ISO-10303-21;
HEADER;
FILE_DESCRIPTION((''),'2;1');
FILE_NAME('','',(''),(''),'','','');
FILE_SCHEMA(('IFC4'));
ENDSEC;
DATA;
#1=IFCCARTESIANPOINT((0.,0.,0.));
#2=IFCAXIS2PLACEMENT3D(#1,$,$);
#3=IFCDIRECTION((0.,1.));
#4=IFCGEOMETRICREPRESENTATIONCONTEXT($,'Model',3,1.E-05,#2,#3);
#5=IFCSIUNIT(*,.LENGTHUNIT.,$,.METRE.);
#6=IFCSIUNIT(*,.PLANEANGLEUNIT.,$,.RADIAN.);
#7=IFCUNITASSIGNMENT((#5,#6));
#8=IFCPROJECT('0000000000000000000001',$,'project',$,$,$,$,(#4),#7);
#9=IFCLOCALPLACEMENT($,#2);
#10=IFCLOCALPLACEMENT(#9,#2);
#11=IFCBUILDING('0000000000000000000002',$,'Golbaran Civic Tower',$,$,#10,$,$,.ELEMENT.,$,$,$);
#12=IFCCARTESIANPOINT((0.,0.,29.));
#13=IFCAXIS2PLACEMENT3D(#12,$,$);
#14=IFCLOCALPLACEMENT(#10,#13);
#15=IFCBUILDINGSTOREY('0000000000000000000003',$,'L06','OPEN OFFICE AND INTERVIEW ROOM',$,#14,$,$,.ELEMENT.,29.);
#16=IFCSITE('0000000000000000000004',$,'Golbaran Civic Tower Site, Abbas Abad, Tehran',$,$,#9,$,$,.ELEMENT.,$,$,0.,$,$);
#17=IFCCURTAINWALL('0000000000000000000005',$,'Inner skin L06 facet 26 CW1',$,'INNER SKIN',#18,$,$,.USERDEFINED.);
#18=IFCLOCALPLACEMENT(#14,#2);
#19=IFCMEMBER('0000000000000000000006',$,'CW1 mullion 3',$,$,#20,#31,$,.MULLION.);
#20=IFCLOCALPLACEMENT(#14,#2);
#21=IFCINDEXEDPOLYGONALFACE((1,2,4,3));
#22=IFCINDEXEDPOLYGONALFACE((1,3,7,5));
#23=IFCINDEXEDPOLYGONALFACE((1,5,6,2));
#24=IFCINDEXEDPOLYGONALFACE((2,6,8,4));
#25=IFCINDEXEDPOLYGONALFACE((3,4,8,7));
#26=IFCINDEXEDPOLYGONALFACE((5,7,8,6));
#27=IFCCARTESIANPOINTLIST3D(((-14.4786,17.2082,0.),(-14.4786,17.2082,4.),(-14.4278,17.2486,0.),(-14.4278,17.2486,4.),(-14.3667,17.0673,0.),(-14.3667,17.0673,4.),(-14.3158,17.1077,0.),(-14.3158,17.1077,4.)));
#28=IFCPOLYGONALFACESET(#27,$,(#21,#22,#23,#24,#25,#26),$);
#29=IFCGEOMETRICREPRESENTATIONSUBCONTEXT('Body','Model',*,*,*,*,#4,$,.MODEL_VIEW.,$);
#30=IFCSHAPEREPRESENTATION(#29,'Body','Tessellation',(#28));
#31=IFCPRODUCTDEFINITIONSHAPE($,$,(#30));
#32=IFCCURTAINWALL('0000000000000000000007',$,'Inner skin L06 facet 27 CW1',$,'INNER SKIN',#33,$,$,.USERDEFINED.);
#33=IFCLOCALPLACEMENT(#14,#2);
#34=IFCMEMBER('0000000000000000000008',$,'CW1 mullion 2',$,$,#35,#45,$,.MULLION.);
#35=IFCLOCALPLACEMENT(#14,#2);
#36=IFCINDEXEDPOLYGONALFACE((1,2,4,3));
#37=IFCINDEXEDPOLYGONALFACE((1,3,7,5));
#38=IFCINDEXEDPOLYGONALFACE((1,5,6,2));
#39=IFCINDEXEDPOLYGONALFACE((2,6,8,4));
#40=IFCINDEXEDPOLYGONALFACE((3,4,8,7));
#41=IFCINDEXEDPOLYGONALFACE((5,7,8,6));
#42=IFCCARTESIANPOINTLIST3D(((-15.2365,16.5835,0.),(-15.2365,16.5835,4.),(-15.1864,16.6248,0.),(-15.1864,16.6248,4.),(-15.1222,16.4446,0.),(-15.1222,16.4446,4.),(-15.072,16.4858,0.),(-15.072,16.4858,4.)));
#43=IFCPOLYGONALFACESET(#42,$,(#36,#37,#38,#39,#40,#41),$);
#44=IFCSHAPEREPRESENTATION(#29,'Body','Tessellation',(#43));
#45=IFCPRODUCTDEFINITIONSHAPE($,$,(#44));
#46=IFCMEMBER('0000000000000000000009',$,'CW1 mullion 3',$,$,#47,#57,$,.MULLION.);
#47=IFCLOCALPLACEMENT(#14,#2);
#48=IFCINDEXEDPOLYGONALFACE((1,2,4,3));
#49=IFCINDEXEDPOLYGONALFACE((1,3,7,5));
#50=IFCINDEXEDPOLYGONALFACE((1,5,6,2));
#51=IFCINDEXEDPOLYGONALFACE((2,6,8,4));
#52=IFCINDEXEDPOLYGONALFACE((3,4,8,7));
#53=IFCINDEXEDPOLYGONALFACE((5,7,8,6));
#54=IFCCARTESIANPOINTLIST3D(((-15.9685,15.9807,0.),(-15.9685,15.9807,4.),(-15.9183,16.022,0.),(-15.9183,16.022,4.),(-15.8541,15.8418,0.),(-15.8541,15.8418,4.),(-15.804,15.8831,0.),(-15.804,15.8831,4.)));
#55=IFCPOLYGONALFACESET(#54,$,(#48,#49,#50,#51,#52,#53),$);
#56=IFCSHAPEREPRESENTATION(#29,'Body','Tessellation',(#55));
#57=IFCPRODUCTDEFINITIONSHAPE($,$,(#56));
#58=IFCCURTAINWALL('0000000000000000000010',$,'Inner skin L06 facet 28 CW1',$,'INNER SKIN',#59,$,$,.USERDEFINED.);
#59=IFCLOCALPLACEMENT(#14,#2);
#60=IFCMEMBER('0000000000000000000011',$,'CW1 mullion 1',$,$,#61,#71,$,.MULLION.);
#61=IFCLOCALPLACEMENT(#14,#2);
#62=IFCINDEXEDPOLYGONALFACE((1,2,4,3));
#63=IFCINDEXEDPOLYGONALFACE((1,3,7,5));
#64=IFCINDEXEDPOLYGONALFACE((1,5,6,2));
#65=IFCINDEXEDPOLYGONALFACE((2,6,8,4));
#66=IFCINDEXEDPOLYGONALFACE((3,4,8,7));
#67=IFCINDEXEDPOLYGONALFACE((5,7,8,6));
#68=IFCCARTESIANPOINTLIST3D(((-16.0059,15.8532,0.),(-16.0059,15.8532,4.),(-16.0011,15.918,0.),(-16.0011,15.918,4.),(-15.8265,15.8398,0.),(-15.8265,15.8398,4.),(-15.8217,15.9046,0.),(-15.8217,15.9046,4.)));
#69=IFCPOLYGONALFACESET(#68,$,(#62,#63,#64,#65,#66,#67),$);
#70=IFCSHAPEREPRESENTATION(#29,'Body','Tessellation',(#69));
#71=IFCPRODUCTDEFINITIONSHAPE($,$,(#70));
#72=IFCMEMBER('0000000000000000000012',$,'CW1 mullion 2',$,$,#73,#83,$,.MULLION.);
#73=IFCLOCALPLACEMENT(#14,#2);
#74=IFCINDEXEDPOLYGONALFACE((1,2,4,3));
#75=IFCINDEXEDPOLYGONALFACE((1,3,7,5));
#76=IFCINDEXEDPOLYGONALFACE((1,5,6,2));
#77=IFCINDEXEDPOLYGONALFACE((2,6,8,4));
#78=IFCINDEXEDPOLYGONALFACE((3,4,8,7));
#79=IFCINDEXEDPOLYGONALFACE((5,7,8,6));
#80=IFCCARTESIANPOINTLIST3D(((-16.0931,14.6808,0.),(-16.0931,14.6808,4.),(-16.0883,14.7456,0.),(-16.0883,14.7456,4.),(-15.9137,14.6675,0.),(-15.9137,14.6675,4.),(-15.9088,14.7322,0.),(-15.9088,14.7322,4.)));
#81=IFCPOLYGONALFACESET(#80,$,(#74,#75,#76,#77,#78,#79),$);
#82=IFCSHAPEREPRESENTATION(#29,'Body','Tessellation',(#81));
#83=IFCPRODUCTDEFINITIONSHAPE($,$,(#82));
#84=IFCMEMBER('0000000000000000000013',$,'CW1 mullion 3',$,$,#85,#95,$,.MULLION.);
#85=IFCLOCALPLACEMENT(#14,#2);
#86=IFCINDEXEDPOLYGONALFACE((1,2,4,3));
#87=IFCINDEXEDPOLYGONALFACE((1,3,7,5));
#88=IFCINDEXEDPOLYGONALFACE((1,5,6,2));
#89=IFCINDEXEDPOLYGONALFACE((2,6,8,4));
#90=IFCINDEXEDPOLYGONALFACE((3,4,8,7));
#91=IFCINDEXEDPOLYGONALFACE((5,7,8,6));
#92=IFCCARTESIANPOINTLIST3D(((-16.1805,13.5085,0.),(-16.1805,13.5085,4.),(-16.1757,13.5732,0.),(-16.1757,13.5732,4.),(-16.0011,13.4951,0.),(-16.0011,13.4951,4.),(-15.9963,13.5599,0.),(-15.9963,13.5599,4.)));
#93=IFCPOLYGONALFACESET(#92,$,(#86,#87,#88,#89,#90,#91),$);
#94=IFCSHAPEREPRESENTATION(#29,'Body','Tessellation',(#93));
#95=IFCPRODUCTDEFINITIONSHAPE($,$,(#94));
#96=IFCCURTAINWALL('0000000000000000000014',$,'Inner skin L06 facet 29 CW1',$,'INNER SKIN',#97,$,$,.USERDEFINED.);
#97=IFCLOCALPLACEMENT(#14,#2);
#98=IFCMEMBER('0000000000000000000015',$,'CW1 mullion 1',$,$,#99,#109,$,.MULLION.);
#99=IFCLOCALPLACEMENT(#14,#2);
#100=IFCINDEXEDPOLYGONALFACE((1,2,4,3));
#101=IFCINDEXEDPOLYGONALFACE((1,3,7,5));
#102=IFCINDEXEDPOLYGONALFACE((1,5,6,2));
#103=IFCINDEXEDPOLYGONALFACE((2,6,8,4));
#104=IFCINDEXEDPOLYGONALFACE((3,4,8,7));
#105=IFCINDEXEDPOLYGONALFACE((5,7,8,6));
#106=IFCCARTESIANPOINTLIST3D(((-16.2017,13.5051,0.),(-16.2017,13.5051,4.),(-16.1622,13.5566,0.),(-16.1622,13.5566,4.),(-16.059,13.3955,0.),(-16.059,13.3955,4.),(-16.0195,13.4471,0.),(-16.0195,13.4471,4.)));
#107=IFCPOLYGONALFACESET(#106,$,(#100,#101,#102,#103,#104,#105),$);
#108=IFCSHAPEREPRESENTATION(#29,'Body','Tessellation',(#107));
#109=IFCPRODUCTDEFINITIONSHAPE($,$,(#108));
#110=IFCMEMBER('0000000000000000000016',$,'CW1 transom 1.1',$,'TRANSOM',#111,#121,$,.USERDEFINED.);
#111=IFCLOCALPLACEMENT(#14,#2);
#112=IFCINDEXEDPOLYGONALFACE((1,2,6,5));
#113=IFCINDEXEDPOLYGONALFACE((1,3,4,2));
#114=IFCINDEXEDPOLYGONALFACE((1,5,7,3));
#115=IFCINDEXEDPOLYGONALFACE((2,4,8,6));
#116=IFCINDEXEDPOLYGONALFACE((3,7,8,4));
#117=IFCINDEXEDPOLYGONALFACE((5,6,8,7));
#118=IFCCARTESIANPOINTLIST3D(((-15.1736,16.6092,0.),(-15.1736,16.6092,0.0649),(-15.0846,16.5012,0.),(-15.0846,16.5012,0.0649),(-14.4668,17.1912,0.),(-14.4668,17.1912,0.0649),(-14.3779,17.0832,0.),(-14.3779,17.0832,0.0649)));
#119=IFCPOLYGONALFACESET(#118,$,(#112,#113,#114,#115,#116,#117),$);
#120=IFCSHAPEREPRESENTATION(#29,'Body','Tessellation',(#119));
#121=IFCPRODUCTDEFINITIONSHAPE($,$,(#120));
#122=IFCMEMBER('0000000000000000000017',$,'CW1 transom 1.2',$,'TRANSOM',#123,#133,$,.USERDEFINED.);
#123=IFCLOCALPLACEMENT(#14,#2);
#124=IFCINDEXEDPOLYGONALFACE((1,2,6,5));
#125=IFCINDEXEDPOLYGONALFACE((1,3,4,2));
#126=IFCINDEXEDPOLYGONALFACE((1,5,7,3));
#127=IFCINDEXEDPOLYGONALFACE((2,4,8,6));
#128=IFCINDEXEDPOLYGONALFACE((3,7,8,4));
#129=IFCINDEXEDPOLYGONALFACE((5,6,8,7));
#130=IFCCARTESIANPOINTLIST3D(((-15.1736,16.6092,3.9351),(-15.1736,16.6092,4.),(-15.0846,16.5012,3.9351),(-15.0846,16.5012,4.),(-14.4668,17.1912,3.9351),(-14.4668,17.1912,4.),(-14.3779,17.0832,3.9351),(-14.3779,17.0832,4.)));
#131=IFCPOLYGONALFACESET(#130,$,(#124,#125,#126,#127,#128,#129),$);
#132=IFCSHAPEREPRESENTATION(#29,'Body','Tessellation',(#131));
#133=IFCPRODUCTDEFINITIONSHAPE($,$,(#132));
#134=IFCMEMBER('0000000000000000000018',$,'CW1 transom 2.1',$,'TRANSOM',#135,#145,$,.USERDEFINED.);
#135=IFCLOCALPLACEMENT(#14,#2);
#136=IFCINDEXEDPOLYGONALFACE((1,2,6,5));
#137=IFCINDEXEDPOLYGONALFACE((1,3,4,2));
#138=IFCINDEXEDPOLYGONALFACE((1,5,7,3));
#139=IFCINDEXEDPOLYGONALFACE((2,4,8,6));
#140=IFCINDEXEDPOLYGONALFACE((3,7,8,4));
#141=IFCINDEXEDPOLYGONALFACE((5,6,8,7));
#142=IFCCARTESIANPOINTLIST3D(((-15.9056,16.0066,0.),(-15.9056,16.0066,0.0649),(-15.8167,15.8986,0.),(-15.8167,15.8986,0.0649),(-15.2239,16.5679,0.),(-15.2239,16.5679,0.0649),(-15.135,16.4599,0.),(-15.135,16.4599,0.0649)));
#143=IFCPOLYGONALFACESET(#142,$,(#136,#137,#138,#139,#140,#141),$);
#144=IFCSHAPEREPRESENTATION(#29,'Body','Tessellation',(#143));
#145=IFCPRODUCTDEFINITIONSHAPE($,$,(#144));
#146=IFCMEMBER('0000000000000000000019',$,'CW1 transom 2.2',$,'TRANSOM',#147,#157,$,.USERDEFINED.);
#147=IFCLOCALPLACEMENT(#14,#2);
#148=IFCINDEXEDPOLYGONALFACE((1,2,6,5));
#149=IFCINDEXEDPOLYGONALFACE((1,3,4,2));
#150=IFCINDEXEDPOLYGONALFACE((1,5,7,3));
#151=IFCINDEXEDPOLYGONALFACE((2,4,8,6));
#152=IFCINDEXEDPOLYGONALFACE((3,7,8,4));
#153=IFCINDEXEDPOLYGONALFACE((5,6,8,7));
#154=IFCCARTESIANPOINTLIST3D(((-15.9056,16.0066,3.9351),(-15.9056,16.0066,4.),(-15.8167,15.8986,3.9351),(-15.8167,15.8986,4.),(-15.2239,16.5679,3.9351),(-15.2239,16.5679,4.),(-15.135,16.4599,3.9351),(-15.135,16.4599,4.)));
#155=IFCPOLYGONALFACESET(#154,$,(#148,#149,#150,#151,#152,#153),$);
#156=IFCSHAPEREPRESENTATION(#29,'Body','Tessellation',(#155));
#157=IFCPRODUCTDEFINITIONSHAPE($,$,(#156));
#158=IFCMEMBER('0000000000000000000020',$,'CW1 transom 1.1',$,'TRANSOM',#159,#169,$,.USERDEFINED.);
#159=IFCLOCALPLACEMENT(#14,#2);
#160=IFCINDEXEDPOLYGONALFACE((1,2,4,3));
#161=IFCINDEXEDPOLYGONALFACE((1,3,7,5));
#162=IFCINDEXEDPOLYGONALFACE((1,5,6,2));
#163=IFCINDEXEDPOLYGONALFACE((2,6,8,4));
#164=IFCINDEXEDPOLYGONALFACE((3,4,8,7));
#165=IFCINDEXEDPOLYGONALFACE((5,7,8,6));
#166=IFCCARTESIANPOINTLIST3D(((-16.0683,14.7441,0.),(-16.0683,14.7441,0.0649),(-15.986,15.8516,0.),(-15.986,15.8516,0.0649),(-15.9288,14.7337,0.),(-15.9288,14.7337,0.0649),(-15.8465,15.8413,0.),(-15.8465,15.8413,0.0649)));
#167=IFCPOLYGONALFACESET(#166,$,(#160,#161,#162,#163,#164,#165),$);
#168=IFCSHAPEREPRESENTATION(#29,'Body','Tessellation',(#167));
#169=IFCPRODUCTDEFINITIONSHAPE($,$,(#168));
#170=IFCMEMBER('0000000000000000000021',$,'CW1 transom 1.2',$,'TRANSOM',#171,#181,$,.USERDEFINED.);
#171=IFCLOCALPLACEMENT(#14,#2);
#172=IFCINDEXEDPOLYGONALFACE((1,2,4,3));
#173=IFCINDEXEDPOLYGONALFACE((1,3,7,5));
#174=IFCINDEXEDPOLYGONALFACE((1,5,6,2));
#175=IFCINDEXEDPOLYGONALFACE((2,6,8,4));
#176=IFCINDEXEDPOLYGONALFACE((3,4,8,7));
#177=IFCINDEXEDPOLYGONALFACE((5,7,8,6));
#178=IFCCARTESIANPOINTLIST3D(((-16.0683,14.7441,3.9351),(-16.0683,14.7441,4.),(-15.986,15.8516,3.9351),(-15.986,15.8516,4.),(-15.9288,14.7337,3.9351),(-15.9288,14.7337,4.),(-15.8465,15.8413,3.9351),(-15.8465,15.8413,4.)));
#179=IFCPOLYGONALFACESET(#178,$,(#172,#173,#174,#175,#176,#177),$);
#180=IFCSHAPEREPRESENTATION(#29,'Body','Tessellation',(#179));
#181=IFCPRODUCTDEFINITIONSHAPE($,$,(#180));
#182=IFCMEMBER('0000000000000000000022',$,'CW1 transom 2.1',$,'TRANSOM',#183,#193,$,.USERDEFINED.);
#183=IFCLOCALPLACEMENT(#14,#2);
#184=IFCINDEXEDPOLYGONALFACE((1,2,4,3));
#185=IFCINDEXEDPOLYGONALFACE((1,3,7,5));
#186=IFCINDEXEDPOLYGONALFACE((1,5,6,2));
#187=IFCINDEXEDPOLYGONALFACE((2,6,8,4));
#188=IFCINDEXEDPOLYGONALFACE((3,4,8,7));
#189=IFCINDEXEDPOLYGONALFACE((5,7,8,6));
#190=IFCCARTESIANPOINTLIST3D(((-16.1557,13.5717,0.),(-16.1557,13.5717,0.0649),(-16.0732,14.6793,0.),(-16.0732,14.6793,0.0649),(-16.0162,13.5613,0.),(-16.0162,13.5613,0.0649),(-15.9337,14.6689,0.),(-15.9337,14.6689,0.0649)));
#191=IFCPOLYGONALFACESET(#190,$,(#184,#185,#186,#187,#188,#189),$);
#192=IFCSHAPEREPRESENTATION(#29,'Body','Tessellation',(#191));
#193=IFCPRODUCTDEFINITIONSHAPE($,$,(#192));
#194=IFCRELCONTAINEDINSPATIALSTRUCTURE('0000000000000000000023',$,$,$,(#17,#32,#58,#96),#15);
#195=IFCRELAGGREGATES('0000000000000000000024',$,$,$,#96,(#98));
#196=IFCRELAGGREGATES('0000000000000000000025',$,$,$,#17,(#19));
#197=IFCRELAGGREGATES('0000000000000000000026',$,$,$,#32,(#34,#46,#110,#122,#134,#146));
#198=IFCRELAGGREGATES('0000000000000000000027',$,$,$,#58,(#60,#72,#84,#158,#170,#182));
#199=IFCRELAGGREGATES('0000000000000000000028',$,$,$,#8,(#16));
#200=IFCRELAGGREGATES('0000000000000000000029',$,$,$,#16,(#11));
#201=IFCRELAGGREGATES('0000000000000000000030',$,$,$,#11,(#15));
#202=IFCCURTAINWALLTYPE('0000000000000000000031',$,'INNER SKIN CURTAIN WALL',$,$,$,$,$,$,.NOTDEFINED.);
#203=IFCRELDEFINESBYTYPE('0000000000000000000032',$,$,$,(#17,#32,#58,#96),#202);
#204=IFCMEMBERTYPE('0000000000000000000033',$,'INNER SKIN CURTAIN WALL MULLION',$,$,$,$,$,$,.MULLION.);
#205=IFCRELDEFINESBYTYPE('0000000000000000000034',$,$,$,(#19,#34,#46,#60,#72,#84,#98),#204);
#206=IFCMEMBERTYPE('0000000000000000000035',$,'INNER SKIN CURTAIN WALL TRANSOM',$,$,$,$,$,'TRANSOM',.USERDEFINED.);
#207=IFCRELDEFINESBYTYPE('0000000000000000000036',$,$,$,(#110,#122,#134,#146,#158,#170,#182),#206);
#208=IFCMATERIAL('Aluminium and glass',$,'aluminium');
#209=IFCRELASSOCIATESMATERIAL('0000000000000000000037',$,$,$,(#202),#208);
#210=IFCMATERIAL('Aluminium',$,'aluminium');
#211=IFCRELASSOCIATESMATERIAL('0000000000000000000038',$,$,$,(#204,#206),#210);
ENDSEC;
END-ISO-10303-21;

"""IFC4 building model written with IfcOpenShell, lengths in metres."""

from ifc_helpers import new_model, si_unit, direction, frame, origin, origin_2d, place, context, subcontext, project, spatial, rectangle, extrude, material, material_profile, profile_set, type_object, element, aggregate, save


model = new_model("IFC4")

# Units and contexts
model_context = context("Model", 3, precision=1e-05, world=origin(), true_north=direction((0.0, 1.0)))
body_context = subcontext(model_context, "Body", "Model", "MODEL_VIEW")
ifc_project = project(units=[si_unit("LENGTHUNIT", "METRE"), si_unit("PLANEANGLEUNIT", "RADIAN")], contexts=[model_context])

# Site, building, storey
site_placement = place(None, origin())
site = spatial("IfcSite", under=ifc_project, at=site_placement, Name="Golbaran Civic Tower Site, Abbas Abad, Tehran", CompositionType="ELEMENT", RefElevation=0.0)
building_placement = place(site_placement, origin())
building = spatial("IfcBuilding", under=site, at=building_placement, Name="Golbaran Civic Tower", CompositionType="ELEMENT")
storey_placement = place(building_placement, frame((0.0, 0.0, 29.0)))
storey = spatial("IfcBuildingStorey", under=building, at=storey_placement, Name="L06", Description="OPEN OFFICE AND INTERVIEW ROOM", CompositionType="ELEMENT", Elevation=29.0)

# Curtain wall, member
ifc_material_1 = material(Name="Aluminium and glass", Category="aluminium")
curtain_wall_type = type_object("IfcCurtainWallType", Name="INNER SKIN CURTAIN WALL", PredefinedType="NOTDEFINED", material=ifc_material_1)
curtain_wall_1_placement = place(storey_placement, origin())
curtain_wall_1 = element("IfcCurtainWall", 1, at=curtain_wall_1_placement, inside=storey, type_object=curtain_wall_type, Name="Inner skin L06 facet 26 CW1", ObjectType="INNER SKIN", PredefinedType="USERDEFINED")
ifc_material_2 = material(Name="Aluminium", Category="aluminium")
ifc_material_profile_1 = material_profile(ifc_material_2, rectangle(XDim=0.1799, YDim=0.0649, at=origin_2d()), Name="INNER SKIN CURTAIN WALL MULLION")
ifc_profile_set_1 = profile_set([ifc_material_profile_1], Name="Aluminium")
member_type_1 = type_object("IfcMemberType", Name="INNER SKIN CURTAIN WALL MULLION", PredefinedType="MULLION", material=ifc_profile_set_1)
member_1_placement = place(storey_placement, frame((-14.3972, 17.158, 0.0), z_axis=(0.0, 0.0, 1.0), x_axis=(0.622264, -0.782808, 0.0)))
member_1 = element("IfcMember", 2, at=member_1_placement, type_object=member_type_1, Name="CW1 mullion 3", PredefinedType="MULLION", context=body_context, shape_type="SweptSolid", body=[
    extrude(rectangle(XDim=0.1799, YDim=0.0649, at=origin_2d()), origin(), (0.0, 0.0, 1.0), 4.0),
])

# Curtain walls, members
curtain_wall_2_placement = place(storey_placement, origin())
curtain_wall_2 = element("IfcCurtainWall", 3, at=curtain_wall_2_placement, inside=storey, type_object=curtain_wall_type, Name="Inner skin L06 facet 27 CW1", ObjectType="INNER SKIN", PredefinedType="USERDEFINED")
member_2_placement = place(storey_placement, frame((-15.1543, 16.5347, 0.0), z_axis=(0.0, 0.0, 1.0), x_axis=(0.635583, -0.772032, 0.0)))
member_2 = element("IfcMember", 4, at=member_2_placement, type_object=member_type_1, Name="CW1 mullion 2", PredefinedType="MULLION", context=body_context, shape_type="SweptSolid", body=[
    extrude(rectangle(XDim=0.1799, YDim=0.0649, at=origin_2d()), origin(), (0.0, 0.0, 1.0), 4.0),
])
member_3_placement = place(storey_placement, frame((-15.8862, 15.9319, 0.0), z_axis=(0.0, 0.0, 1.0), x_axis=(0.635583, -0.772032, 0.0)))
member_3 = element("IfcMember", 5, at=member_3_placement, type_object=member_type_1, Name="CW1 mullion 3", PredefinedType="MULLION", context=body_context, shape_type="SweptSolid", body=[
    extrude(rectangle(XDim=0.1799, YDim=0.0649, at=origin_2d()), origin(), (0.0, 0.0, 1.0), 4.0),
])
curtain_wall_3_placement = place(storey_placement, origin())
curtain_wall_3 = element("IfcCurtainWall", 6, at=curtain_wall_3_placement, inside=storey, type_object=curtain_wall_type, Name="Inner skin L06 facet 28 CW1", ObjectType="INNER SKIN", PredefinedType="USERDEFINED")
member_4_placement = place(storey_placement, frame((-15.9138, 15.8789, 0.0), z_axis=(0.0, 0.0, 1.0), x_axis=(0.997238, -0.074267, 0.0)))
member_4 = element("IfcMember", 7, at=member_4_placement, type_object=member_type_1, Name="CW1 mullion 1", PredefinedType="MULLION", context=body_context, shape_type="SweptSolid", body=[
    extrude(rectangle(XDim=0.1799, YDim=0.0649, at=origin_2d()), origin(), (0.0, 0.0, 1.0), 4.0),
])
member_5_placement = place(storey_placement, frame((-16.001, 14.7065, 0.0), z_axis=(0.0, 0.0, 1.0), x_axis=(0.997238, -0.074267, 0.0)))
member_5 = element("IfcMember", 8, at=member_5_placement, type_object=member_type_1, Name="CW1 mullion 2", PredefinedType="MULLION", context=body_context, shape_type="SweptSolid", body=[
    extrude(rectangle(XDim=0.1799, YDim=0.0649, at=origin_2d()), origin(), (0.0, 0.0, 1.0), 4.0),
])
member_6_placement = place(storey_placement, frame((-16.0884, 13.5342, 0.0), z_axis=(0.0, 0.0, 1.0), x_axis=(0.997238, -0.074267, 0.0)))
member_6 = element("IfcMember", 9, at=member_6_placement, type_object=member_type_1, Name="CW1 mullion 3", PredefinedType="MULLION", context=body_context, shape_type="SweptSolid", body=[
    extrude(rectangle(XDim=0.1799, YDim=0.0649, at=origin_2d()), origin(), (0.0, 0.0, 1.0), 4.0),
])

# Curtain wall, member
curtain_wall_4_placement = place(storey_placement, origin())
curtain_wall_4 = element("IfcCurtainWall", 10, at=curtain_wall_4_placement, inside=storey, type_object=curtain_wall_type, Name="Inner skin L06 facet 29 CW1", ObjectType="INNER SKIN", PredefinedType="USERDEFINED")
member_7_placement = place(storey_placement, frame((-16.1106, 13.4761, 0.0), z_axis=(0.0, 0.0, 1.0), x_axis=(0.793353, -0.608761, 0.0)))
member_7 = element("IfcMember", 11, at=member_7_placement, type_object=member_type_1, Name="CW1 mullion 1", PredefinedType="MULLION", context=body_context, shape_type="SweptSolid", body=[
    extrude(rectangle(XDim=0.1799, YDim=0.0649, at=origin_2d()), origin(), (0.0, 0.0, 1.0), 4.0),
])

# Members
ifc_material_profile_2 = material_profile(ifc_material_2, rectangle(XDim=0.1399, YDim=0.0649, at=origin_2d()), Name="INNER SKIN CURTAIN WALL TRANSOM")
ifc_profile_set_2 = profile_set([ifc_material_profile_2], Name="Aluminium")
member_type_2 = type_object("IfcMemberType", Name="INNER SKIN CURTAIN WALL TRANSOM", ElementType="TRANSOM", PredefinedType="USERDEFINED", material=ifc_profile_set_2)
member_8_placement = place(storey_placement, frame((-14.4224, 17.1372, 0.0325), z_axis=(-0.771946, -0.635689, 0.0), x_axis=(0.635689, -0.771946, 0.0)))
member_8 = element("IfcMember", 12, at=member_8_placement, type_object=member_type_2, Name="CW1 transom 1.1", ObjectType="TRANSOM", PredefinedType="USERDEFINED", context=body_context, shape_type="SweptSolid", body=[
    extrude(rectangle(XDim=0.1399, YDim=0.0649, at=origin_2d()), origin(), (0.0, 0.0, 1.0), 0.9155),
])
member_9_placement = place(storey_placement, frame((-14.4224, 17.1372, 3.9675), z_axis=(-0.771946, -0.635689, 0.0), x_axis=(0.635689, -0.771946, 0.0)))
member_9 = element("IfcMember", 13, at=member_9_placement, type_object=member_type_2, Name="CW1 transom 1.2", ObjectType="TRANSOM", PredefinedType="USERDEFINED", context=body_context, shape_type="SweptSolid", body=[
    extrude(rectangle(XDim=0.1399, YDim=0.0649, at=origin_2d()), origin(), (0.0, 0.0, 1.0), 0.9155),
])
member_10_placement = place(storey_placement, frame((-15.1794, 16.5139, 0.0325), z_axis=(-0.77197, -0.635659, 0.0), x_axis=(0.635659, -0.77197, 0.0)))
member_10 = element("IfcMember", 14, at=member_10_placement, type_object=member_type_2, Name="CW1 transom 2.1", ObjectType="TRANSOM", PredefinedType="USERDEFINED", context=body_context, shape_type="SweptSolid", body=[
    extrude(rectangle(XDim=0.1399, YDim=0.0649, at=origin_2d()), origin(), (0.0, 0.0, 1.0), 0.8831),
])
member_11_placement = place(storey_placement, frame((-15.1794, 16.5139, 3.9675), z_axis=(-0.77197, -0.635659, 0.0), x_axis=(0.635659, -0.77197, 0.0)))
member_11 = element("IfcMember", 15, at=member_11_placement, type_object=member_type_2, Name="CW1 transom 2.2", ObjectType="TRANSOM", PredefinedType="USERDEFINED", context=body_context, shape_type="SweptSolid", body=[
    extrude(rectangle(XDim=0.1399, YDim=0.0649, at=origin_2d()), origin(), (0.0, 0.0, 1.0), 0.8831),
])
member_12_placement = place(storey_placement, frame((-15.9163, 15.8464, 0.0325), z_axis=(-0.07409, -0.997252, 0.0), x_axis=(0.997252, -0.07409, 0.0)))
member_12 = element("IfcMember", 16, at=member_12_placement, type_object=member_type_2, Name="CW1 transom 1.1", ObjectType="TRANSOM", PredefinedType="USERDEFINED", context=body_context, shape_type="SweptSolid", body=[
    extrude(rectangle(XDim=0.1399, YDim=0.0649, at=origin_2d()), origin(), (0.0, 0.0, 1.0), 1.1106),
])
member_13_placement = place(storey_placement, frame((-15.9163, 15.8464, 3.9675), z_axis=(-0.07409, -0.997252, 0.0), x_axis=(0.997252, -0.07409, 0.0)))
member_13 = element("IfcMember", 17, at=member_13_placement, type_object=member_type_2, Name="CW1 transom 1.2", ObjectType="TRANSOM", PredefinedType="USERDEFINED", context=body_context, shape_type="SweptSolid", body=[
    extrude(rectangle(XDim=0.1399, YDim=0.0649, at=origin_2d()), origin(), (0.0, 0.0, 1.0), 1.1106),
])
member_14_placement = place(storey_placement, frame((-16.0034, 14.6741, 0.0325), z_axis=(-0.074309, -0.997235, 0.0), x_axis=(0.997235, -0.074309, 0.0)))
member_14 = element("IfcMember", 18, at=member_14_placement, type_object=member_type_2, Name="CW1 transom 2.1", ObjectType="TRANSOM", PredefinedType="USERDEFINED", context=body_context, shape_type="SweptSolid", body=[
    extrude(rectangle(XDim=0.1399, YDim=0.0649, at=origin_2d()), origin(), (0.0, 0.0, 1.0), 1.1106),
])
aggregate(curtain_wall_4, [member_7])

aggregate(curtain_wall_1, [member_1])
aggregate(curtain_wall_2, [member_2, member_3, member_8, member_9, member_10, member_11])
aggregate(curtain_wall_3, [member_4, member_5, member_6, member_12, member_13, member_14])

save(model, "model.ifc")
